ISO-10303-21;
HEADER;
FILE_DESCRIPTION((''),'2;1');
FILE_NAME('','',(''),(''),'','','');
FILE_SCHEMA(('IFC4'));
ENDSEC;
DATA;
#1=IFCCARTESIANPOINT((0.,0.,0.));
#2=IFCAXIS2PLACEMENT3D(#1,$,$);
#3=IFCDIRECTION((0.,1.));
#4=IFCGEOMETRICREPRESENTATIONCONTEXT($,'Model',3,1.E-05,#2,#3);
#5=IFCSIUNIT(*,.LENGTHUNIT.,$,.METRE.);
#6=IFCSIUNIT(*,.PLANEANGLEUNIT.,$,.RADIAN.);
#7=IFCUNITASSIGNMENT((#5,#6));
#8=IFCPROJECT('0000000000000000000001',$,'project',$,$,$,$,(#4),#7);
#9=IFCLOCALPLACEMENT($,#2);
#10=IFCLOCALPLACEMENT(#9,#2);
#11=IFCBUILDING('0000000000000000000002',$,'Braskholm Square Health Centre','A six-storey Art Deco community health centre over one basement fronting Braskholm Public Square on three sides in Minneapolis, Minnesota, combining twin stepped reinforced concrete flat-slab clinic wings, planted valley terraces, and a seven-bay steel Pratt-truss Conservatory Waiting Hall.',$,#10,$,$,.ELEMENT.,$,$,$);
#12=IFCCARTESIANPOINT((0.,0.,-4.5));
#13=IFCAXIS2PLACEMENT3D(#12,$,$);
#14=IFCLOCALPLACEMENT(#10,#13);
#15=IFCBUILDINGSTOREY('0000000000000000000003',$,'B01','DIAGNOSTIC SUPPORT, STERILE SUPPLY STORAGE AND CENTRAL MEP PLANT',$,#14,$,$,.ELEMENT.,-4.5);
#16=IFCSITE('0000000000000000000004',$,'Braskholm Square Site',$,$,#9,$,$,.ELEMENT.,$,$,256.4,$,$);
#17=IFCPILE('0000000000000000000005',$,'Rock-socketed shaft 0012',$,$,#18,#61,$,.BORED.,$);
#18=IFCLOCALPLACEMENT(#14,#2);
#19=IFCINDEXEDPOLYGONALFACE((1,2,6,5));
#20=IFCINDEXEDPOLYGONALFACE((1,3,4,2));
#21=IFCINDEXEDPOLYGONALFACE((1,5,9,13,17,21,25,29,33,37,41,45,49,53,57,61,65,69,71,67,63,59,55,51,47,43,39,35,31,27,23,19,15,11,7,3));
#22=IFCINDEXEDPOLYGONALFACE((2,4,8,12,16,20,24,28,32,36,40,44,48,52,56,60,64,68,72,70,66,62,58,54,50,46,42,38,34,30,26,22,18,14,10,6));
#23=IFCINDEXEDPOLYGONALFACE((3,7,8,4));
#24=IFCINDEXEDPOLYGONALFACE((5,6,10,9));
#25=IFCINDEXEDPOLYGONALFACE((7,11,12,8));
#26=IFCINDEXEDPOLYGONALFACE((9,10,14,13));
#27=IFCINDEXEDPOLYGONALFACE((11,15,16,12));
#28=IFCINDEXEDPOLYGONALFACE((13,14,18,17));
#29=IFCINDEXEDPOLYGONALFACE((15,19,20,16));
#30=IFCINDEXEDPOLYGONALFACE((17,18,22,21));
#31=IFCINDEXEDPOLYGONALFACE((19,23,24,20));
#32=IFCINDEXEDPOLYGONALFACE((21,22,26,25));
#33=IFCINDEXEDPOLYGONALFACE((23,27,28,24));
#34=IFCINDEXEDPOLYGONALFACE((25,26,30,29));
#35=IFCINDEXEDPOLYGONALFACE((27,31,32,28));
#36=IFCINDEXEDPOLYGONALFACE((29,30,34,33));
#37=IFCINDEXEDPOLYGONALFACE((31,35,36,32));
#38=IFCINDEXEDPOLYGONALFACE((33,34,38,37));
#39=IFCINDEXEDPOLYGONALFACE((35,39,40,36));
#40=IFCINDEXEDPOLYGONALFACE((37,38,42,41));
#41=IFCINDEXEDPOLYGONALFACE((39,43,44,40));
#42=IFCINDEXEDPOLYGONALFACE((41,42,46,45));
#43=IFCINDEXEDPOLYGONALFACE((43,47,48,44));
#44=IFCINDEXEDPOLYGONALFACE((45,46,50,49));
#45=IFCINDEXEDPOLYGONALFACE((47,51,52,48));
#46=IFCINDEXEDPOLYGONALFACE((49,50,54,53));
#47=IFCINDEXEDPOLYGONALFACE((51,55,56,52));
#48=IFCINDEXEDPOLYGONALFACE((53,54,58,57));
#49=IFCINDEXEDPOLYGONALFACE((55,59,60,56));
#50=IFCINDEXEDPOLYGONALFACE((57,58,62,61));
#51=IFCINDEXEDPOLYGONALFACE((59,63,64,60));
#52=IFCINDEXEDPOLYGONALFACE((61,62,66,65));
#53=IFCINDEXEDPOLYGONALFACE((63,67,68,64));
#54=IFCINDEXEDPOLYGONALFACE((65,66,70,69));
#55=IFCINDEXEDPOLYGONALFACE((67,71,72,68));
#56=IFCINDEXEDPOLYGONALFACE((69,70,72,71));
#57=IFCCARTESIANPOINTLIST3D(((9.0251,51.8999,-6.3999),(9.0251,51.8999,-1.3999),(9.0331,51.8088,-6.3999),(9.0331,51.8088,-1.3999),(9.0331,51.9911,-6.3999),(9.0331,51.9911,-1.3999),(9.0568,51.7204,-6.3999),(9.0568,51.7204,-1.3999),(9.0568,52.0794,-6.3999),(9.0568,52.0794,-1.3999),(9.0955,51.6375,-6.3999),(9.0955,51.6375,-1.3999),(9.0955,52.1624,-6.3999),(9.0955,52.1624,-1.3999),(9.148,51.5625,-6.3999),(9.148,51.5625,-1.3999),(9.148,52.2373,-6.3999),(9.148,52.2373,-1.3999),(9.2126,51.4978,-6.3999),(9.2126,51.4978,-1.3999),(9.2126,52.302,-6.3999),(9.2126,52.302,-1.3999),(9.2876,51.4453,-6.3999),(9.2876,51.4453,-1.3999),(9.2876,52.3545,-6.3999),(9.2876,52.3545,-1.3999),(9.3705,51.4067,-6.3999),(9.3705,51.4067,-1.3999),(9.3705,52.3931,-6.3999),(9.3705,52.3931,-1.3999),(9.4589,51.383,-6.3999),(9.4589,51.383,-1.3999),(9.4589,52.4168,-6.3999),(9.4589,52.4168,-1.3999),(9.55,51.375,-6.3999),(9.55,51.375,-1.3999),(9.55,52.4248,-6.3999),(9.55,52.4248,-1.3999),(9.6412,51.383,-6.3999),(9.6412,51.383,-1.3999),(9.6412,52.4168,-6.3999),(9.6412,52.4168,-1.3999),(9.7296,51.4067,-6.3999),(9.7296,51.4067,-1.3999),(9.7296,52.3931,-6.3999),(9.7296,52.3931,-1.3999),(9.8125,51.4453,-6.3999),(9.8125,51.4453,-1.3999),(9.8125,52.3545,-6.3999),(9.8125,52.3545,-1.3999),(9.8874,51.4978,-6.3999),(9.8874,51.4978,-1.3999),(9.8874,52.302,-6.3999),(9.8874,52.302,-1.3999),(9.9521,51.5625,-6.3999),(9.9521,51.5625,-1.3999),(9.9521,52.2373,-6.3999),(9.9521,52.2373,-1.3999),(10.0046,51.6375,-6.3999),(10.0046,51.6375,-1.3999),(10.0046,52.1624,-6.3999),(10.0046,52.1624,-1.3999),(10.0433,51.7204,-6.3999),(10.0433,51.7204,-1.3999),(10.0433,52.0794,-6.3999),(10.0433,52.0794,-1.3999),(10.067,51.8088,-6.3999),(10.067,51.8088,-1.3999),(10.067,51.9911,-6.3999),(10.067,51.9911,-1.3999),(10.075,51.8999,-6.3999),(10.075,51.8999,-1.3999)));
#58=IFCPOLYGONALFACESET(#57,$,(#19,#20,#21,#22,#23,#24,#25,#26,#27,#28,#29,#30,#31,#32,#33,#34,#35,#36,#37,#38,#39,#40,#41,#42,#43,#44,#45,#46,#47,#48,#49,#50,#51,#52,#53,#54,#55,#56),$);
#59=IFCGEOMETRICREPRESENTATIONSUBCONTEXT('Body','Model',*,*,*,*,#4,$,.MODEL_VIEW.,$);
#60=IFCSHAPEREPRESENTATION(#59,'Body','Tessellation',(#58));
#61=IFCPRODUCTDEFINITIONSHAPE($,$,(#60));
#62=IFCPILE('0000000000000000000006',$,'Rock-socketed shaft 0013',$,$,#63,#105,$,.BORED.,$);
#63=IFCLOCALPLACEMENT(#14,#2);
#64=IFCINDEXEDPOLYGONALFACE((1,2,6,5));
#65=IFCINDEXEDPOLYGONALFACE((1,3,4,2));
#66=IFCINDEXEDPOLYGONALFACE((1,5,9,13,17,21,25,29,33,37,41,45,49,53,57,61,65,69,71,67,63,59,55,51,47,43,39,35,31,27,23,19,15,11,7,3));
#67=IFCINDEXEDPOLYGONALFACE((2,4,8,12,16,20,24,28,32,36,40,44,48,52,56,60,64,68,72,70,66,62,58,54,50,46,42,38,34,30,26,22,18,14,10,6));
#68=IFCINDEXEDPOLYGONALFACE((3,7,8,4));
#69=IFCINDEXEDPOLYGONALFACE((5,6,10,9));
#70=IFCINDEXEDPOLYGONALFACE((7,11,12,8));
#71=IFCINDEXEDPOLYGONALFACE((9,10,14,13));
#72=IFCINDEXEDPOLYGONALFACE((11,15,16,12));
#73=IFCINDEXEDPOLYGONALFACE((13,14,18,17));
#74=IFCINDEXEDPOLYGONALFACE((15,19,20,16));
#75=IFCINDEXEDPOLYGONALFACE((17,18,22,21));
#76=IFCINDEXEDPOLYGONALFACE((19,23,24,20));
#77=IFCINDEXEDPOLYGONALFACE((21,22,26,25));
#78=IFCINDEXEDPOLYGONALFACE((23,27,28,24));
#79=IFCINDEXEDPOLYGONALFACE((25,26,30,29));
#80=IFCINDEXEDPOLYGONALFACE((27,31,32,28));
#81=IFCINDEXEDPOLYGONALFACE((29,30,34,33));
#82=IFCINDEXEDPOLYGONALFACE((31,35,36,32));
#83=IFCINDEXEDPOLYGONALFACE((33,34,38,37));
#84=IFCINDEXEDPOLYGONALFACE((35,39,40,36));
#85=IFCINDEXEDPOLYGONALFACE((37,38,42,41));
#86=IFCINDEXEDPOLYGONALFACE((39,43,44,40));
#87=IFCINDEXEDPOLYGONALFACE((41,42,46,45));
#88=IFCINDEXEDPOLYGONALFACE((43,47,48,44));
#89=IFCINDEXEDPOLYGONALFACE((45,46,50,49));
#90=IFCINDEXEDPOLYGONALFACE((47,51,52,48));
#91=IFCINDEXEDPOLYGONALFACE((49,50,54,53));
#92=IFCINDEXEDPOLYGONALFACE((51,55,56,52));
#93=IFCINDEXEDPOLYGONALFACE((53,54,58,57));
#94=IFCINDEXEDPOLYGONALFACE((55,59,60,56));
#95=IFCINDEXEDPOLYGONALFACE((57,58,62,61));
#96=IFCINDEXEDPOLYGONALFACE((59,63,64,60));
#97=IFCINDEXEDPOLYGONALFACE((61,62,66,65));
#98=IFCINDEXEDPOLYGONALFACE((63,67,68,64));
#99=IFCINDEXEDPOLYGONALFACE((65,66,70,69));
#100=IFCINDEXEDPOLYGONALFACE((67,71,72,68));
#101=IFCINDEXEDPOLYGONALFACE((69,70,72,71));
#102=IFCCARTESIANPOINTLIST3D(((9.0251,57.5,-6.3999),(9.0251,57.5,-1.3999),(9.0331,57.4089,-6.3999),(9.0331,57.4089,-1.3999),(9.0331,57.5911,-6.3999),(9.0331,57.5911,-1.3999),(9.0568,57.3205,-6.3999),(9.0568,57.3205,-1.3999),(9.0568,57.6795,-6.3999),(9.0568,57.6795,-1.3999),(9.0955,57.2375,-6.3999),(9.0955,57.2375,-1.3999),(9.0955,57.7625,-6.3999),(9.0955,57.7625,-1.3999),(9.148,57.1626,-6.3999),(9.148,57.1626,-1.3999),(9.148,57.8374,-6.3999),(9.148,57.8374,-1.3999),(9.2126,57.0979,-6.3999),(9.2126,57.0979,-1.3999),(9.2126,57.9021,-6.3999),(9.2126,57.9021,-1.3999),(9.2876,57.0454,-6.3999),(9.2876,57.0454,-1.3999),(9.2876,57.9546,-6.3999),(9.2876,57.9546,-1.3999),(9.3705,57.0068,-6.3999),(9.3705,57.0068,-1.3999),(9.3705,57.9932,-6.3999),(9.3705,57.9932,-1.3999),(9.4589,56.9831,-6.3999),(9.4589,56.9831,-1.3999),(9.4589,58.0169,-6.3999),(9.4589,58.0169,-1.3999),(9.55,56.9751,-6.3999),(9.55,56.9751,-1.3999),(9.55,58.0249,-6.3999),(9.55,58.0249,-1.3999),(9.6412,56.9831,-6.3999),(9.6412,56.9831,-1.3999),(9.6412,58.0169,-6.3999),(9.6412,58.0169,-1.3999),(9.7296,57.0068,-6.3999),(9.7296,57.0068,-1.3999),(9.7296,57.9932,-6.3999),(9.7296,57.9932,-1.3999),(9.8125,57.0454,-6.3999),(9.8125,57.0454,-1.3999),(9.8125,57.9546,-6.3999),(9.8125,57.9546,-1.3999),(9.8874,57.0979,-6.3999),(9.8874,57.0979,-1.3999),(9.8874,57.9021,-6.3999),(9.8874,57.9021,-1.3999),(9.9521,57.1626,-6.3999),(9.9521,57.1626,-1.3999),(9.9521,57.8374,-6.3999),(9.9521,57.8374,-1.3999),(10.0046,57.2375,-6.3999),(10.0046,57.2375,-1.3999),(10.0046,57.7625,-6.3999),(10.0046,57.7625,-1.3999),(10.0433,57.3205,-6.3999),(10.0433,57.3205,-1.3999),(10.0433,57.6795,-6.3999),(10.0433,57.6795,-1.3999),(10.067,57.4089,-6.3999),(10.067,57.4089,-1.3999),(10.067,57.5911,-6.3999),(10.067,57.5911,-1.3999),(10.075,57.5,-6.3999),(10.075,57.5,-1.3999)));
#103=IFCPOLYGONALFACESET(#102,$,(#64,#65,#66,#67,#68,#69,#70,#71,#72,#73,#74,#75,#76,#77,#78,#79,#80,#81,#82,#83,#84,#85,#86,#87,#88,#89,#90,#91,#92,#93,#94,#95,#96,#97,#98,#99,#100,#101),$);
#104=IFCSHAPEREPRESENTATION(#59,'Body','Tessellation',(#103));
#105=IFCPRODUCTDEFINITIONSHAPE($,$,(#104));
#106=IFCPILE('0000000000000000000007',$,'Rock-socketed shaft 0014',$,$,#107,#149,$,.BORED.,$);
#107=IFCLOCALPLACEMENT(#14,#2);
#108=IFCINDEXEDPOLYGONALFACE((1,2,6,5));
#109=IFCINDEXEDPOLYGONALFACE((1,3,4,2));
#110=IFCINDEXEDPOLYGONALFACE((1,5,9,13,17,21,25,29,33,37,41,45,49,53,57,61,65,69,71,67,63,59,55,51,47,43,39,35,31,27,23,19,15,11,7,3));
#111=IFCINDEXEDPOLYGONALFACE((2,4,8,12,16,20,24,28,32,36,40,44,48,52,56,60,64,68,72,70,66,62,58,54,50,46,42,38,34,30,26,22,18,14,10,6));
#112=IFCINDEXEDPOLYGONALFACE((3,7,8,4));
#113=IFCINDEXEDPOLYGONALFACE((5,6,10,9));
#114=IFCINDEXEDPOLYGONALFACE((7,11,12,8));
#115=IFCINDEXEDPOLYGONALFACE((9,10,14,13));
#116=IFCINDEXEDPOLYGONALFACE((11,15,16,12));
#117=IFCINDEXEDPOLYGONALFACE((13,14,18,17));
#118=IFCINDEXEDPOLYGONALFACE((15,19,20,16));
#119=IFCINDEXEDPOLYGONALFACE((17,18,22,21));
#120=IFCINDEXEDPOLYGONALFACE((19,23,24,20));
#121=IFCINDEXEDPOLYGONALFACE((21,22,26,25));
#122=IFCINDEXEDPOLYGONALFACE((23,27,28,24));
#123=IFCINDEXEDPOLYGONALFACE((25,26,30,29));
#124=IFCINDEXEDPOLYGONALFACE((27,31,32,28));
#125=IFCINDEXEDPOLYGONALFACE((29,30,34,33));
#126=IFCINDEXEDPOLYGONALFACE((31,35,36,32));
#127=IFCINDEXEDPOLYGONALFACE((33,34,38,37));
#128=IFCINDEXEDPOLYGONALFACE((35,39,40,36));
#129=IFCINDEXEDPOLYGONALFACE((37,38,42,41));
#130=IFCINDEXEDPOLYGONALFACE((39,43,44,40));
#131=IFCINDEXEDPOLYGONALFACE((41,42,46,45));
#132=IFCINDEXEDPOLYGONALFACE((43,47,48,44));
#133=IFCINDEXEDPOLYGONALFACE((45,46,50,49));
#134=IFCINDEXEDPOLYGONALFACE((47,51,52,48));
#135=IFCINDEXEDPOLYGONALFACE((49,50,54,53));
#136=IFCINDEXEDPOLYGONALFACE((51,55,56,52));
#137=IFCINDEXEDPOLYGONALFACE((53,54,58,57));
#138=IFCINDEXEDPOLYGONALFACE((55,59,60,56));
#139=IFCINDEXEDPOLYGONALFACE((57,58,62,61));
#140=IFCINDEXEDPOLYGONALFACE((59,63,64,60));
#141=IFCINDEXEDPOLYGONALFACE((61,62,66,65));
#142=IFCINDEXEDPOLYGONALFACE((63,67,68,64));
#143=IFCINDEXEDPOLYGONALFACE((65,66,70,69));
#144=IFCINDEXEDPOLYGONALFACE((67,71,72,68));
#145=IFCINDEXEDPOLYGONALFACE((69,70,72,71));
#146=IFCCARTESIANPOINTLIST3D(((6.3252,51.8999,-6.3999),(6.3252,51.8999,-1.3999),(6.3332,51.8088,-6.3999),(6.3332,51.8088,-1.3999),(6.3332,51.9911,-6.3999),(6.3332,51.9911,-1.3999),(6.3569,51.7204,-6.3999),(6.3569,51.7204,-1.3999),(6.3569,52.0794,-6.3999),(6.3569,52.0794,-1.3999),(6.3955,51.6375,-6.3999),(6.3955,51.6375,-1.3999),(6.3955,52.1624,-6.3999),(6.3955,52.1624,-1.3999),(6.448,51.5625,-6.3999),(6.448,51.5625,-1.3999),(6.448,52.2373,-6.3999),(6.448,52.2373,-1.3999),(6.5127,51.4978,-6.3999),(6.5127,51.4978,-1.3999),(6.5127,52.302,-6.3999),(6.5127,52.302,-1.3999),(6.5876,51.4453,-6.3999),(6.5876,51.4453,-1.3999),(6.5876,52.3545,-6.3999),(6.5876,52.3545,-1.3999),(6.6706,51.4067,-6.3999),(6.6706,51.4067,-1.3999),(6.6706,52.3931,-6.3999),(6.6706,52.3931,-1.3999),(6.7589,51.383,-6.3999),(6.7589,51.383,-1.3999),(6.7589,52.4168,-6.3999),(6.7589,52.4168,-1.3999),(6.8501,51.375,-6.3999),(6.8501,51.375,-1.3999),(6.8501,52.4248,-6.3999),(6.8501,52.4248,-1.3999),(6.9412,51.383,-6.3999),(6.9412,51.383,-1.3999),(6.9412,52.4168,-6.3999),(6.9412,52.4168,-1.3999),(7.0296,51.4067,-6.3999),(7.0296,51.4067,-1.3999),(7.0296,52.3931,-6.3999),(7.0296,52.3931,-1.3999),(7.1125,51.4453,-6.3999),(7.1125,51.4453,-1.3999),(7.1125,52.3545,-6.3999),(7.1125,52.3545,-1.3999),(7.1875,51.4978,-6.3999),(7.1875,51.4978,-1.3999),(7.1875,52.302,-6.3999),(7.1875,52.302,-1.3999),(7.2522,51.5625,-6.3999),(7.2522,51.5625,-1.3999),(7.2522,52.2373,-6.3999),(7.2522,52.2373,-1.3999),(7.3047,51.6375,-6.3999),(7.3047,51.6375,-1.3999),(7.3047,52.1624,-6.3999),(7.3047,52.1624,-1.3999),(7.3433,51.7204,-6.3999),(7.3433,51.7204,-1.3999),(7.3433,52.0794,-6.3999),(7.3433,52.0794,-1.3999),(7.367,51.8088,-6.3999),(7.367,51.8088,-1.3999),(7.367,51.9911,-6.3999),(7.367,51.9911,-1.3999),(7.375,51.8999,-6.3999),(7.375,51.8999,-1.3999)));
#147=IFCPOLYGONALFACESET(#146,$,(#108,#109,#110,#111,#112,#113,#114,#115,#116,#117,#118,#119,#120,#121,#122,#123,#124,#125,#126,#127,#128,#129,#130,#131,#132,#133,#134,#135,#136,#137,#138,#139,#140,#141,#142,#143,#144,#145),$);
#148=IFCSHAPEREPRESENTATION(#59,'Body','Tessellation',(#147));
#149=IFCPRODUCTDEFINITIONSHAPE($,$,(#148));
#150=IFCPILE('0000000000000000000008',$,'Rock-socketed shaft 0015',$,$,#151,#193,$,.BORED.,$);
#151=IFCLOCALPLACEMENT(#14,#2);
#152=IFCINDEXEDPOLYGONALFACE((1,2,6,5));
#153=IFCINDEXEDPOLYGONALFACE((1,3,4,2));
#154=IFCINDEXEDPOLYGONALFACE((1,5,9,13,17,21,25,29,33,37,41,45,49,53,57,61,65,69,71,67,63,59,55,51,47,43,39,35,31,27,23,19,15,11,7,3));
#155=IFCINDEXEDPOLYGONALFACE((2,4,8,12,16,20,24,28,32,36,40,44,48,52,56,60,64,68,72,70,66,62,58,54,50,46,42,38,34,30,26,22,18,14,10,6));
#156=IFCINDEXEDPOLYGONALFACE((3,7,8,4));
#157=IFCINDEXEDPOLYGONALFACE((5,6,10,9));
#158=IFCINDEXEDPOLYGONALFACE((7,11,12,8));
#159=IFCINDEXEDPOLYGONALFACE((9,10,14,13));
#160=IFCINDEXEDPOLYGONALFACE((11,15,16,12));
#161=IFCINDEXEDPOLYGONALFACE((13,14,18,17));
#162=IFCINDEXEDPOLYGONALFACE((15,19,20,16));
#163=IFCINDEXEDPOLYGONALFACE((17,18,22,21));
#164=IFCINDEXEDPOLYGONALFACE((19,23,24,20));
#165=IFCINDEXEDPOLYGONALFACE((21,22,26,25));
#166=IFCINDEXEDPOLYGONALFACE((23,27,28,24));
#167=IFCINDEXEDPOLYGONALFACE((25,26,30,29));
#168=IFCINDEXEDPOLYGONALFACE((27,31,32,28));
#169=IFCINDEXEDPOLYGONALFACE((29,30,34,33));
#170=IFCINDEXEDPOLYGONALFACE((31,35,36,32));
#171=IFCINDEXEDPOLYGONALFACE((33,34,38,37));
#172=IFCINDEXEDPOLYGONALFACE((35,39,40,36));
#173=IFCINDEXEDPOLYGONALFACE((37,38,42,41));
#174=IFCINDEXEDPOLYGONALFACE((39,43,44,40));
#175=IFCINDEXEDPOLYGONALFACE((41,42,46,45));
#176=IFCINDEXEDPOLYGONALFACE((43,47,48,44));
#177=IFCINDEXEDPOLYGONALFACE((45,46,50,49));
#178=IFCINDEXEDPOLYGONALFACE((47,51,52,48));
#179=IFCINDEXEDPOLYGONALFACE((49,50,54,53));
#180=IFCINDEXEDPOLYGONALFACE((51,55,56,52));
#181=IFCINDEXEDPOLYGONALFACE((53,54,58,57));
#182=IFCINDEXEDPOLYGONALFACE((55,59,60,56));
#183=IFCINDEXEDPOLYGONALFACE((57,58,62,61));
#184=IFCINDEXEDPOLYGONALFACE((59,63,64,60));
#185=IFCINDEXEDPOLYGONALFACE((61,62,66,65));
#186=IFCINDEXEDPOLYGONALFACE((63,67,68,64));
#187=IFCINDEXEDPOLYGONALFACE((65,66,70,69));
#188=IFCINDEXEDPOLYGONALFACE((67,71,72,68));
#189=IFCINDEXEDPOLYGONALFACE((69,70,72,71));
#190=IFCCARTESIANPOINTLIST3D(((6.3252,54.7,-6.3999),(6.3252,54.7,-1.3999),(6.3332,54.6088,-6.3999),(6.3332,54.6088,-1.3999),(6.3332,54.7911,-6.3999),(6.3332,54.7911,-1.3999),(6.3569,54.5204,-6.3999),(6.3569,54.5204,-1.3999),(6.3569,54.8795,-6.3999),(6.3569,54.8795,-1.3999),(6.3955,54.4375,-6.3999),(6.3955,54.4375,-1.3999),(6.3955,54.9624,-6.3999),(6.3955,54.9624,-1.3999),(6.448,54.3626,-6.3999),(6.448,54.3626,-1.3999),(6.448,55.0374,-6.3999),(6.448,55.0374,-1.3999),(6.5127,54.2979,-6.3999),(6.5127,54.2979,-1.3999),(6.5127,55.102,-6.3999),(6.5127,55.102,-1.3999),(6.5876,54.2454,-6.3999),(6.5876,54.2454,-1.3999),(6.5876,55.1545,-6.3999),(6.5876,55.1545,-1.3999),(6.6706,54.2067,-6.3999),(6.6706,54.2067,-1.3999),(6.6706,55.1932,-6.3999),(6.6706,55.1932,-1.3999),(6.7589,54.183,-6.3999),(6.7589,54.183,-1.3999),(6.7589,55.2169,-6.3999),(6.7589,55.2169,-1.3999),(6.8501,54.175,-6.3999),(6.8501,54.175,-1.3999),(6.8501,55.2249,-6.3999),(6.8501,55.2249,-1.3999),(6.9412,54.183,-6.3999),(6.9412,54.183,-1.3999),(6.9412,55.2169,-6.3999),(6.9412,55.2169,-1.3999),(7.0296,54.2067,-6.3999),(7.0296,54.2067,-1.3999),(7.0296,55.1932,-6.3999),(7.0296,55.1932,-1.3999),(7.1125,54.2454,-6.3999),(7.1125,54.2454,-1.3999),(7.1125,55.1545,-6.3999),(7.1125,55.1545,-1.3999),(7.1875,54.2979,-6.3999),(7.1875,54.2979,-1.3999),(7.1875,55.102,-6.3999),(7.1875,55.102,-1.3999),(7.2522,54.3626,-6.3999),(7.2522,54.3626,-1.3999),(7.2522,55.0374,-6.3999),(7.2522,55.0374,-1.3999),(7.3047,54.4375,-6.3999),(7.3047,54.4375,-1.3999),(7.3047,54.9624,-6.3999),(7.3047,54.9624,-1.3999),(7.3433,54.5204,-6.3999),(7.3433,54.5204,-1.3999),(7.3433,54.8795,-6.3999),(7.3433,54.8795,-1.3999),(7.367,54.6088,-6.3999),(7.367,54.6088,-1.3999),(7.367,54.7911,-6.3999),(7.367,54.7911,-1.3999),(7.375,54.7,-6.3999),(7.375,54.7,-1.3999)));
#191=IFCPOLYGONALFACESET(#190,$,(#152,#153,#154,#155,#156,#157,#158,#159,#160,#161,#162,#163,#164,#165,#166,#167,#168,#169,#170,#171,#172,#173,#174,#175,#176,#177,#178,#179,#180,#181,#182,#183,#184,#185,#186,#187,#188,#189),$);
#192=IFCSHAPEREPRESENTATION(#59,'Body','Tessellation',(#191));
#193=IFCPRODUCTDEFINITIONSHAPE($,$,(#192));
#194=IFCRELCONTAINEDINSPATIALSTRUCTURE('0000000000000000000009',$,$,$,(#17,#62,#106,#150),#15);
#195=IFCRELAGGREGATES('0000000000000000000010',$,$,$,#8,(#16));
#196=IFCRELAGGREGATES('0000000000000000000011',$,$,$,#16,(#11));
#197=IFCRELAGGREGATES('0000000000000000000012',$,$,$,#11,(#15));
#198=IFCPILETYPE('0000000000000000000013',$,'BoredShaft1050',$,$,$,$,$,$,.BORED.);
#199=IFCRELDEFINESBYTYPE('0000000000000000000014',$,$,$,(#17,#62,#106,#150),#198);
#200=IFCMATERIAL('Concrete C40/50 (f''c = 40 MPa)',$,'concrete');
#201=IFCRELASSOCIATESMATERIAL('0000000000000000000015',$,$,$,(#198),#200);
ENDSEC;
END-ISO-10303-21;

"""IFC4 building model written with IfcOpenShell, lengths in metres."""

from ifc_helpers import new_model, si_unit, direction, frame, origin, origin_2d, place, context, subcontext, project, spatial, circle, extrude, material, material_profile, profile_set, type_object, element, save


model = new_model("IFC4")

# Units and contexts
model_context = context("Model", 3, precision=1e-05, world=origin(), true_north=direction((0.0, 1.0)))
body_context = subcontext(model_context, "Body", "Model", "MODEL_VIEW")
ifc_project = project(units=[si_unit("LENGTHUNIT", "METRE"), si_unit("PLANEANGLEUNIT", "RADIAN")], contexts=[model_context])

# Site, building, storey
site_placement = place(None, origin())
site = spatial("IfcSite", under=ifc_project, at=site_placement, Name="Braskholm Square Site", CompositionType="ELEMENT", RefElevation=256.4)
building_placement = place(site_placement, origin())
building = spatial("IfcBuilding", under=site, at=building_placement, Name="Braskholm Square Health Centre", Description="A six-storey Art Deco community health centre over one basement fronting Braskholm Public Square on three sides in Minneapolis, Minnesota, combining twin stepped reinforced concrete flat-slab clinic wings, planted valley terraces, and a seven-bay steel Pratt-truss Conservatory Waiting Hall.", CompositionType="ELEMENT")
storey_placement = place(building_placement, frame((0.0, 0.0, -4.5)))
storey = spatial("IfcBuildingStorey", under=building, at=storey_placement, Name="B01", Description="DIAGNOSTIC SUPPORT, STERILE SUPPLY STORAGE AND CENTRAL MEP PLANT", CompositionType="ELEMENT", Elevation=-4.5)

# Piles
ifc_material_1 = material(Name="Concrete C40/50 (f'c = 40 MPa)", Category="concrete")
ifc_material_profile_1 = material_profile(ifc_material_1, circle(Radius=0.5249, at=origin_2d()), Name="BORED-PILE-1050")
ifc_profile_set_1 = profile_set([ifc_material_profile_1], Name="Concrete C40/50 (f'c = 40 MPa)")
pile_type_1 = type_object("IfcPileType", Name="BoredShaft1050", PredefinedType="BORED", material=ifc_profile_set_1)
for number, where, z_axis, x_axis, name in (
    (1, (9.55, 51.8999, -1.3999), (0.0, 0.0, -1.0), (1.0, 0.0, 0.0), "Rock-socketed shaft 0012"),
    (2, (9.55, 57.5, -1.3999), (0.0, 0.0, -1.0), (1.0, 0.0, 0.0), "Rock-socketed shaft 0013"),
    (3, (6.8501, 51.8999, -1.3999), (0.0, 0.0, -1.0), (1.0, 0.0, 0.0), "Rock-socketed shaft 0014"),
    (4, (6.8501, 54.7, -1.3999), (0.0, 0.0, -1.0), (1.0, 0.0, 0.0), "Rock-socketed shaft 0015"),
):
    element("IfcPile", number, at=place(storey_placement, frame(where, z_axis=z_axis, x_axis=x_axis)), inside=storey, type_object=pile_type_1, Name=name, PredefinedType="BORED", context=body_context, shape_type="SweptSolid", body=[
        extrude(circle(Radius=0.5249, at=origin_2d()), origin(), (0.0, 0.0, 1.0), 5.0),
    ])

save(model, "model.ifc")
